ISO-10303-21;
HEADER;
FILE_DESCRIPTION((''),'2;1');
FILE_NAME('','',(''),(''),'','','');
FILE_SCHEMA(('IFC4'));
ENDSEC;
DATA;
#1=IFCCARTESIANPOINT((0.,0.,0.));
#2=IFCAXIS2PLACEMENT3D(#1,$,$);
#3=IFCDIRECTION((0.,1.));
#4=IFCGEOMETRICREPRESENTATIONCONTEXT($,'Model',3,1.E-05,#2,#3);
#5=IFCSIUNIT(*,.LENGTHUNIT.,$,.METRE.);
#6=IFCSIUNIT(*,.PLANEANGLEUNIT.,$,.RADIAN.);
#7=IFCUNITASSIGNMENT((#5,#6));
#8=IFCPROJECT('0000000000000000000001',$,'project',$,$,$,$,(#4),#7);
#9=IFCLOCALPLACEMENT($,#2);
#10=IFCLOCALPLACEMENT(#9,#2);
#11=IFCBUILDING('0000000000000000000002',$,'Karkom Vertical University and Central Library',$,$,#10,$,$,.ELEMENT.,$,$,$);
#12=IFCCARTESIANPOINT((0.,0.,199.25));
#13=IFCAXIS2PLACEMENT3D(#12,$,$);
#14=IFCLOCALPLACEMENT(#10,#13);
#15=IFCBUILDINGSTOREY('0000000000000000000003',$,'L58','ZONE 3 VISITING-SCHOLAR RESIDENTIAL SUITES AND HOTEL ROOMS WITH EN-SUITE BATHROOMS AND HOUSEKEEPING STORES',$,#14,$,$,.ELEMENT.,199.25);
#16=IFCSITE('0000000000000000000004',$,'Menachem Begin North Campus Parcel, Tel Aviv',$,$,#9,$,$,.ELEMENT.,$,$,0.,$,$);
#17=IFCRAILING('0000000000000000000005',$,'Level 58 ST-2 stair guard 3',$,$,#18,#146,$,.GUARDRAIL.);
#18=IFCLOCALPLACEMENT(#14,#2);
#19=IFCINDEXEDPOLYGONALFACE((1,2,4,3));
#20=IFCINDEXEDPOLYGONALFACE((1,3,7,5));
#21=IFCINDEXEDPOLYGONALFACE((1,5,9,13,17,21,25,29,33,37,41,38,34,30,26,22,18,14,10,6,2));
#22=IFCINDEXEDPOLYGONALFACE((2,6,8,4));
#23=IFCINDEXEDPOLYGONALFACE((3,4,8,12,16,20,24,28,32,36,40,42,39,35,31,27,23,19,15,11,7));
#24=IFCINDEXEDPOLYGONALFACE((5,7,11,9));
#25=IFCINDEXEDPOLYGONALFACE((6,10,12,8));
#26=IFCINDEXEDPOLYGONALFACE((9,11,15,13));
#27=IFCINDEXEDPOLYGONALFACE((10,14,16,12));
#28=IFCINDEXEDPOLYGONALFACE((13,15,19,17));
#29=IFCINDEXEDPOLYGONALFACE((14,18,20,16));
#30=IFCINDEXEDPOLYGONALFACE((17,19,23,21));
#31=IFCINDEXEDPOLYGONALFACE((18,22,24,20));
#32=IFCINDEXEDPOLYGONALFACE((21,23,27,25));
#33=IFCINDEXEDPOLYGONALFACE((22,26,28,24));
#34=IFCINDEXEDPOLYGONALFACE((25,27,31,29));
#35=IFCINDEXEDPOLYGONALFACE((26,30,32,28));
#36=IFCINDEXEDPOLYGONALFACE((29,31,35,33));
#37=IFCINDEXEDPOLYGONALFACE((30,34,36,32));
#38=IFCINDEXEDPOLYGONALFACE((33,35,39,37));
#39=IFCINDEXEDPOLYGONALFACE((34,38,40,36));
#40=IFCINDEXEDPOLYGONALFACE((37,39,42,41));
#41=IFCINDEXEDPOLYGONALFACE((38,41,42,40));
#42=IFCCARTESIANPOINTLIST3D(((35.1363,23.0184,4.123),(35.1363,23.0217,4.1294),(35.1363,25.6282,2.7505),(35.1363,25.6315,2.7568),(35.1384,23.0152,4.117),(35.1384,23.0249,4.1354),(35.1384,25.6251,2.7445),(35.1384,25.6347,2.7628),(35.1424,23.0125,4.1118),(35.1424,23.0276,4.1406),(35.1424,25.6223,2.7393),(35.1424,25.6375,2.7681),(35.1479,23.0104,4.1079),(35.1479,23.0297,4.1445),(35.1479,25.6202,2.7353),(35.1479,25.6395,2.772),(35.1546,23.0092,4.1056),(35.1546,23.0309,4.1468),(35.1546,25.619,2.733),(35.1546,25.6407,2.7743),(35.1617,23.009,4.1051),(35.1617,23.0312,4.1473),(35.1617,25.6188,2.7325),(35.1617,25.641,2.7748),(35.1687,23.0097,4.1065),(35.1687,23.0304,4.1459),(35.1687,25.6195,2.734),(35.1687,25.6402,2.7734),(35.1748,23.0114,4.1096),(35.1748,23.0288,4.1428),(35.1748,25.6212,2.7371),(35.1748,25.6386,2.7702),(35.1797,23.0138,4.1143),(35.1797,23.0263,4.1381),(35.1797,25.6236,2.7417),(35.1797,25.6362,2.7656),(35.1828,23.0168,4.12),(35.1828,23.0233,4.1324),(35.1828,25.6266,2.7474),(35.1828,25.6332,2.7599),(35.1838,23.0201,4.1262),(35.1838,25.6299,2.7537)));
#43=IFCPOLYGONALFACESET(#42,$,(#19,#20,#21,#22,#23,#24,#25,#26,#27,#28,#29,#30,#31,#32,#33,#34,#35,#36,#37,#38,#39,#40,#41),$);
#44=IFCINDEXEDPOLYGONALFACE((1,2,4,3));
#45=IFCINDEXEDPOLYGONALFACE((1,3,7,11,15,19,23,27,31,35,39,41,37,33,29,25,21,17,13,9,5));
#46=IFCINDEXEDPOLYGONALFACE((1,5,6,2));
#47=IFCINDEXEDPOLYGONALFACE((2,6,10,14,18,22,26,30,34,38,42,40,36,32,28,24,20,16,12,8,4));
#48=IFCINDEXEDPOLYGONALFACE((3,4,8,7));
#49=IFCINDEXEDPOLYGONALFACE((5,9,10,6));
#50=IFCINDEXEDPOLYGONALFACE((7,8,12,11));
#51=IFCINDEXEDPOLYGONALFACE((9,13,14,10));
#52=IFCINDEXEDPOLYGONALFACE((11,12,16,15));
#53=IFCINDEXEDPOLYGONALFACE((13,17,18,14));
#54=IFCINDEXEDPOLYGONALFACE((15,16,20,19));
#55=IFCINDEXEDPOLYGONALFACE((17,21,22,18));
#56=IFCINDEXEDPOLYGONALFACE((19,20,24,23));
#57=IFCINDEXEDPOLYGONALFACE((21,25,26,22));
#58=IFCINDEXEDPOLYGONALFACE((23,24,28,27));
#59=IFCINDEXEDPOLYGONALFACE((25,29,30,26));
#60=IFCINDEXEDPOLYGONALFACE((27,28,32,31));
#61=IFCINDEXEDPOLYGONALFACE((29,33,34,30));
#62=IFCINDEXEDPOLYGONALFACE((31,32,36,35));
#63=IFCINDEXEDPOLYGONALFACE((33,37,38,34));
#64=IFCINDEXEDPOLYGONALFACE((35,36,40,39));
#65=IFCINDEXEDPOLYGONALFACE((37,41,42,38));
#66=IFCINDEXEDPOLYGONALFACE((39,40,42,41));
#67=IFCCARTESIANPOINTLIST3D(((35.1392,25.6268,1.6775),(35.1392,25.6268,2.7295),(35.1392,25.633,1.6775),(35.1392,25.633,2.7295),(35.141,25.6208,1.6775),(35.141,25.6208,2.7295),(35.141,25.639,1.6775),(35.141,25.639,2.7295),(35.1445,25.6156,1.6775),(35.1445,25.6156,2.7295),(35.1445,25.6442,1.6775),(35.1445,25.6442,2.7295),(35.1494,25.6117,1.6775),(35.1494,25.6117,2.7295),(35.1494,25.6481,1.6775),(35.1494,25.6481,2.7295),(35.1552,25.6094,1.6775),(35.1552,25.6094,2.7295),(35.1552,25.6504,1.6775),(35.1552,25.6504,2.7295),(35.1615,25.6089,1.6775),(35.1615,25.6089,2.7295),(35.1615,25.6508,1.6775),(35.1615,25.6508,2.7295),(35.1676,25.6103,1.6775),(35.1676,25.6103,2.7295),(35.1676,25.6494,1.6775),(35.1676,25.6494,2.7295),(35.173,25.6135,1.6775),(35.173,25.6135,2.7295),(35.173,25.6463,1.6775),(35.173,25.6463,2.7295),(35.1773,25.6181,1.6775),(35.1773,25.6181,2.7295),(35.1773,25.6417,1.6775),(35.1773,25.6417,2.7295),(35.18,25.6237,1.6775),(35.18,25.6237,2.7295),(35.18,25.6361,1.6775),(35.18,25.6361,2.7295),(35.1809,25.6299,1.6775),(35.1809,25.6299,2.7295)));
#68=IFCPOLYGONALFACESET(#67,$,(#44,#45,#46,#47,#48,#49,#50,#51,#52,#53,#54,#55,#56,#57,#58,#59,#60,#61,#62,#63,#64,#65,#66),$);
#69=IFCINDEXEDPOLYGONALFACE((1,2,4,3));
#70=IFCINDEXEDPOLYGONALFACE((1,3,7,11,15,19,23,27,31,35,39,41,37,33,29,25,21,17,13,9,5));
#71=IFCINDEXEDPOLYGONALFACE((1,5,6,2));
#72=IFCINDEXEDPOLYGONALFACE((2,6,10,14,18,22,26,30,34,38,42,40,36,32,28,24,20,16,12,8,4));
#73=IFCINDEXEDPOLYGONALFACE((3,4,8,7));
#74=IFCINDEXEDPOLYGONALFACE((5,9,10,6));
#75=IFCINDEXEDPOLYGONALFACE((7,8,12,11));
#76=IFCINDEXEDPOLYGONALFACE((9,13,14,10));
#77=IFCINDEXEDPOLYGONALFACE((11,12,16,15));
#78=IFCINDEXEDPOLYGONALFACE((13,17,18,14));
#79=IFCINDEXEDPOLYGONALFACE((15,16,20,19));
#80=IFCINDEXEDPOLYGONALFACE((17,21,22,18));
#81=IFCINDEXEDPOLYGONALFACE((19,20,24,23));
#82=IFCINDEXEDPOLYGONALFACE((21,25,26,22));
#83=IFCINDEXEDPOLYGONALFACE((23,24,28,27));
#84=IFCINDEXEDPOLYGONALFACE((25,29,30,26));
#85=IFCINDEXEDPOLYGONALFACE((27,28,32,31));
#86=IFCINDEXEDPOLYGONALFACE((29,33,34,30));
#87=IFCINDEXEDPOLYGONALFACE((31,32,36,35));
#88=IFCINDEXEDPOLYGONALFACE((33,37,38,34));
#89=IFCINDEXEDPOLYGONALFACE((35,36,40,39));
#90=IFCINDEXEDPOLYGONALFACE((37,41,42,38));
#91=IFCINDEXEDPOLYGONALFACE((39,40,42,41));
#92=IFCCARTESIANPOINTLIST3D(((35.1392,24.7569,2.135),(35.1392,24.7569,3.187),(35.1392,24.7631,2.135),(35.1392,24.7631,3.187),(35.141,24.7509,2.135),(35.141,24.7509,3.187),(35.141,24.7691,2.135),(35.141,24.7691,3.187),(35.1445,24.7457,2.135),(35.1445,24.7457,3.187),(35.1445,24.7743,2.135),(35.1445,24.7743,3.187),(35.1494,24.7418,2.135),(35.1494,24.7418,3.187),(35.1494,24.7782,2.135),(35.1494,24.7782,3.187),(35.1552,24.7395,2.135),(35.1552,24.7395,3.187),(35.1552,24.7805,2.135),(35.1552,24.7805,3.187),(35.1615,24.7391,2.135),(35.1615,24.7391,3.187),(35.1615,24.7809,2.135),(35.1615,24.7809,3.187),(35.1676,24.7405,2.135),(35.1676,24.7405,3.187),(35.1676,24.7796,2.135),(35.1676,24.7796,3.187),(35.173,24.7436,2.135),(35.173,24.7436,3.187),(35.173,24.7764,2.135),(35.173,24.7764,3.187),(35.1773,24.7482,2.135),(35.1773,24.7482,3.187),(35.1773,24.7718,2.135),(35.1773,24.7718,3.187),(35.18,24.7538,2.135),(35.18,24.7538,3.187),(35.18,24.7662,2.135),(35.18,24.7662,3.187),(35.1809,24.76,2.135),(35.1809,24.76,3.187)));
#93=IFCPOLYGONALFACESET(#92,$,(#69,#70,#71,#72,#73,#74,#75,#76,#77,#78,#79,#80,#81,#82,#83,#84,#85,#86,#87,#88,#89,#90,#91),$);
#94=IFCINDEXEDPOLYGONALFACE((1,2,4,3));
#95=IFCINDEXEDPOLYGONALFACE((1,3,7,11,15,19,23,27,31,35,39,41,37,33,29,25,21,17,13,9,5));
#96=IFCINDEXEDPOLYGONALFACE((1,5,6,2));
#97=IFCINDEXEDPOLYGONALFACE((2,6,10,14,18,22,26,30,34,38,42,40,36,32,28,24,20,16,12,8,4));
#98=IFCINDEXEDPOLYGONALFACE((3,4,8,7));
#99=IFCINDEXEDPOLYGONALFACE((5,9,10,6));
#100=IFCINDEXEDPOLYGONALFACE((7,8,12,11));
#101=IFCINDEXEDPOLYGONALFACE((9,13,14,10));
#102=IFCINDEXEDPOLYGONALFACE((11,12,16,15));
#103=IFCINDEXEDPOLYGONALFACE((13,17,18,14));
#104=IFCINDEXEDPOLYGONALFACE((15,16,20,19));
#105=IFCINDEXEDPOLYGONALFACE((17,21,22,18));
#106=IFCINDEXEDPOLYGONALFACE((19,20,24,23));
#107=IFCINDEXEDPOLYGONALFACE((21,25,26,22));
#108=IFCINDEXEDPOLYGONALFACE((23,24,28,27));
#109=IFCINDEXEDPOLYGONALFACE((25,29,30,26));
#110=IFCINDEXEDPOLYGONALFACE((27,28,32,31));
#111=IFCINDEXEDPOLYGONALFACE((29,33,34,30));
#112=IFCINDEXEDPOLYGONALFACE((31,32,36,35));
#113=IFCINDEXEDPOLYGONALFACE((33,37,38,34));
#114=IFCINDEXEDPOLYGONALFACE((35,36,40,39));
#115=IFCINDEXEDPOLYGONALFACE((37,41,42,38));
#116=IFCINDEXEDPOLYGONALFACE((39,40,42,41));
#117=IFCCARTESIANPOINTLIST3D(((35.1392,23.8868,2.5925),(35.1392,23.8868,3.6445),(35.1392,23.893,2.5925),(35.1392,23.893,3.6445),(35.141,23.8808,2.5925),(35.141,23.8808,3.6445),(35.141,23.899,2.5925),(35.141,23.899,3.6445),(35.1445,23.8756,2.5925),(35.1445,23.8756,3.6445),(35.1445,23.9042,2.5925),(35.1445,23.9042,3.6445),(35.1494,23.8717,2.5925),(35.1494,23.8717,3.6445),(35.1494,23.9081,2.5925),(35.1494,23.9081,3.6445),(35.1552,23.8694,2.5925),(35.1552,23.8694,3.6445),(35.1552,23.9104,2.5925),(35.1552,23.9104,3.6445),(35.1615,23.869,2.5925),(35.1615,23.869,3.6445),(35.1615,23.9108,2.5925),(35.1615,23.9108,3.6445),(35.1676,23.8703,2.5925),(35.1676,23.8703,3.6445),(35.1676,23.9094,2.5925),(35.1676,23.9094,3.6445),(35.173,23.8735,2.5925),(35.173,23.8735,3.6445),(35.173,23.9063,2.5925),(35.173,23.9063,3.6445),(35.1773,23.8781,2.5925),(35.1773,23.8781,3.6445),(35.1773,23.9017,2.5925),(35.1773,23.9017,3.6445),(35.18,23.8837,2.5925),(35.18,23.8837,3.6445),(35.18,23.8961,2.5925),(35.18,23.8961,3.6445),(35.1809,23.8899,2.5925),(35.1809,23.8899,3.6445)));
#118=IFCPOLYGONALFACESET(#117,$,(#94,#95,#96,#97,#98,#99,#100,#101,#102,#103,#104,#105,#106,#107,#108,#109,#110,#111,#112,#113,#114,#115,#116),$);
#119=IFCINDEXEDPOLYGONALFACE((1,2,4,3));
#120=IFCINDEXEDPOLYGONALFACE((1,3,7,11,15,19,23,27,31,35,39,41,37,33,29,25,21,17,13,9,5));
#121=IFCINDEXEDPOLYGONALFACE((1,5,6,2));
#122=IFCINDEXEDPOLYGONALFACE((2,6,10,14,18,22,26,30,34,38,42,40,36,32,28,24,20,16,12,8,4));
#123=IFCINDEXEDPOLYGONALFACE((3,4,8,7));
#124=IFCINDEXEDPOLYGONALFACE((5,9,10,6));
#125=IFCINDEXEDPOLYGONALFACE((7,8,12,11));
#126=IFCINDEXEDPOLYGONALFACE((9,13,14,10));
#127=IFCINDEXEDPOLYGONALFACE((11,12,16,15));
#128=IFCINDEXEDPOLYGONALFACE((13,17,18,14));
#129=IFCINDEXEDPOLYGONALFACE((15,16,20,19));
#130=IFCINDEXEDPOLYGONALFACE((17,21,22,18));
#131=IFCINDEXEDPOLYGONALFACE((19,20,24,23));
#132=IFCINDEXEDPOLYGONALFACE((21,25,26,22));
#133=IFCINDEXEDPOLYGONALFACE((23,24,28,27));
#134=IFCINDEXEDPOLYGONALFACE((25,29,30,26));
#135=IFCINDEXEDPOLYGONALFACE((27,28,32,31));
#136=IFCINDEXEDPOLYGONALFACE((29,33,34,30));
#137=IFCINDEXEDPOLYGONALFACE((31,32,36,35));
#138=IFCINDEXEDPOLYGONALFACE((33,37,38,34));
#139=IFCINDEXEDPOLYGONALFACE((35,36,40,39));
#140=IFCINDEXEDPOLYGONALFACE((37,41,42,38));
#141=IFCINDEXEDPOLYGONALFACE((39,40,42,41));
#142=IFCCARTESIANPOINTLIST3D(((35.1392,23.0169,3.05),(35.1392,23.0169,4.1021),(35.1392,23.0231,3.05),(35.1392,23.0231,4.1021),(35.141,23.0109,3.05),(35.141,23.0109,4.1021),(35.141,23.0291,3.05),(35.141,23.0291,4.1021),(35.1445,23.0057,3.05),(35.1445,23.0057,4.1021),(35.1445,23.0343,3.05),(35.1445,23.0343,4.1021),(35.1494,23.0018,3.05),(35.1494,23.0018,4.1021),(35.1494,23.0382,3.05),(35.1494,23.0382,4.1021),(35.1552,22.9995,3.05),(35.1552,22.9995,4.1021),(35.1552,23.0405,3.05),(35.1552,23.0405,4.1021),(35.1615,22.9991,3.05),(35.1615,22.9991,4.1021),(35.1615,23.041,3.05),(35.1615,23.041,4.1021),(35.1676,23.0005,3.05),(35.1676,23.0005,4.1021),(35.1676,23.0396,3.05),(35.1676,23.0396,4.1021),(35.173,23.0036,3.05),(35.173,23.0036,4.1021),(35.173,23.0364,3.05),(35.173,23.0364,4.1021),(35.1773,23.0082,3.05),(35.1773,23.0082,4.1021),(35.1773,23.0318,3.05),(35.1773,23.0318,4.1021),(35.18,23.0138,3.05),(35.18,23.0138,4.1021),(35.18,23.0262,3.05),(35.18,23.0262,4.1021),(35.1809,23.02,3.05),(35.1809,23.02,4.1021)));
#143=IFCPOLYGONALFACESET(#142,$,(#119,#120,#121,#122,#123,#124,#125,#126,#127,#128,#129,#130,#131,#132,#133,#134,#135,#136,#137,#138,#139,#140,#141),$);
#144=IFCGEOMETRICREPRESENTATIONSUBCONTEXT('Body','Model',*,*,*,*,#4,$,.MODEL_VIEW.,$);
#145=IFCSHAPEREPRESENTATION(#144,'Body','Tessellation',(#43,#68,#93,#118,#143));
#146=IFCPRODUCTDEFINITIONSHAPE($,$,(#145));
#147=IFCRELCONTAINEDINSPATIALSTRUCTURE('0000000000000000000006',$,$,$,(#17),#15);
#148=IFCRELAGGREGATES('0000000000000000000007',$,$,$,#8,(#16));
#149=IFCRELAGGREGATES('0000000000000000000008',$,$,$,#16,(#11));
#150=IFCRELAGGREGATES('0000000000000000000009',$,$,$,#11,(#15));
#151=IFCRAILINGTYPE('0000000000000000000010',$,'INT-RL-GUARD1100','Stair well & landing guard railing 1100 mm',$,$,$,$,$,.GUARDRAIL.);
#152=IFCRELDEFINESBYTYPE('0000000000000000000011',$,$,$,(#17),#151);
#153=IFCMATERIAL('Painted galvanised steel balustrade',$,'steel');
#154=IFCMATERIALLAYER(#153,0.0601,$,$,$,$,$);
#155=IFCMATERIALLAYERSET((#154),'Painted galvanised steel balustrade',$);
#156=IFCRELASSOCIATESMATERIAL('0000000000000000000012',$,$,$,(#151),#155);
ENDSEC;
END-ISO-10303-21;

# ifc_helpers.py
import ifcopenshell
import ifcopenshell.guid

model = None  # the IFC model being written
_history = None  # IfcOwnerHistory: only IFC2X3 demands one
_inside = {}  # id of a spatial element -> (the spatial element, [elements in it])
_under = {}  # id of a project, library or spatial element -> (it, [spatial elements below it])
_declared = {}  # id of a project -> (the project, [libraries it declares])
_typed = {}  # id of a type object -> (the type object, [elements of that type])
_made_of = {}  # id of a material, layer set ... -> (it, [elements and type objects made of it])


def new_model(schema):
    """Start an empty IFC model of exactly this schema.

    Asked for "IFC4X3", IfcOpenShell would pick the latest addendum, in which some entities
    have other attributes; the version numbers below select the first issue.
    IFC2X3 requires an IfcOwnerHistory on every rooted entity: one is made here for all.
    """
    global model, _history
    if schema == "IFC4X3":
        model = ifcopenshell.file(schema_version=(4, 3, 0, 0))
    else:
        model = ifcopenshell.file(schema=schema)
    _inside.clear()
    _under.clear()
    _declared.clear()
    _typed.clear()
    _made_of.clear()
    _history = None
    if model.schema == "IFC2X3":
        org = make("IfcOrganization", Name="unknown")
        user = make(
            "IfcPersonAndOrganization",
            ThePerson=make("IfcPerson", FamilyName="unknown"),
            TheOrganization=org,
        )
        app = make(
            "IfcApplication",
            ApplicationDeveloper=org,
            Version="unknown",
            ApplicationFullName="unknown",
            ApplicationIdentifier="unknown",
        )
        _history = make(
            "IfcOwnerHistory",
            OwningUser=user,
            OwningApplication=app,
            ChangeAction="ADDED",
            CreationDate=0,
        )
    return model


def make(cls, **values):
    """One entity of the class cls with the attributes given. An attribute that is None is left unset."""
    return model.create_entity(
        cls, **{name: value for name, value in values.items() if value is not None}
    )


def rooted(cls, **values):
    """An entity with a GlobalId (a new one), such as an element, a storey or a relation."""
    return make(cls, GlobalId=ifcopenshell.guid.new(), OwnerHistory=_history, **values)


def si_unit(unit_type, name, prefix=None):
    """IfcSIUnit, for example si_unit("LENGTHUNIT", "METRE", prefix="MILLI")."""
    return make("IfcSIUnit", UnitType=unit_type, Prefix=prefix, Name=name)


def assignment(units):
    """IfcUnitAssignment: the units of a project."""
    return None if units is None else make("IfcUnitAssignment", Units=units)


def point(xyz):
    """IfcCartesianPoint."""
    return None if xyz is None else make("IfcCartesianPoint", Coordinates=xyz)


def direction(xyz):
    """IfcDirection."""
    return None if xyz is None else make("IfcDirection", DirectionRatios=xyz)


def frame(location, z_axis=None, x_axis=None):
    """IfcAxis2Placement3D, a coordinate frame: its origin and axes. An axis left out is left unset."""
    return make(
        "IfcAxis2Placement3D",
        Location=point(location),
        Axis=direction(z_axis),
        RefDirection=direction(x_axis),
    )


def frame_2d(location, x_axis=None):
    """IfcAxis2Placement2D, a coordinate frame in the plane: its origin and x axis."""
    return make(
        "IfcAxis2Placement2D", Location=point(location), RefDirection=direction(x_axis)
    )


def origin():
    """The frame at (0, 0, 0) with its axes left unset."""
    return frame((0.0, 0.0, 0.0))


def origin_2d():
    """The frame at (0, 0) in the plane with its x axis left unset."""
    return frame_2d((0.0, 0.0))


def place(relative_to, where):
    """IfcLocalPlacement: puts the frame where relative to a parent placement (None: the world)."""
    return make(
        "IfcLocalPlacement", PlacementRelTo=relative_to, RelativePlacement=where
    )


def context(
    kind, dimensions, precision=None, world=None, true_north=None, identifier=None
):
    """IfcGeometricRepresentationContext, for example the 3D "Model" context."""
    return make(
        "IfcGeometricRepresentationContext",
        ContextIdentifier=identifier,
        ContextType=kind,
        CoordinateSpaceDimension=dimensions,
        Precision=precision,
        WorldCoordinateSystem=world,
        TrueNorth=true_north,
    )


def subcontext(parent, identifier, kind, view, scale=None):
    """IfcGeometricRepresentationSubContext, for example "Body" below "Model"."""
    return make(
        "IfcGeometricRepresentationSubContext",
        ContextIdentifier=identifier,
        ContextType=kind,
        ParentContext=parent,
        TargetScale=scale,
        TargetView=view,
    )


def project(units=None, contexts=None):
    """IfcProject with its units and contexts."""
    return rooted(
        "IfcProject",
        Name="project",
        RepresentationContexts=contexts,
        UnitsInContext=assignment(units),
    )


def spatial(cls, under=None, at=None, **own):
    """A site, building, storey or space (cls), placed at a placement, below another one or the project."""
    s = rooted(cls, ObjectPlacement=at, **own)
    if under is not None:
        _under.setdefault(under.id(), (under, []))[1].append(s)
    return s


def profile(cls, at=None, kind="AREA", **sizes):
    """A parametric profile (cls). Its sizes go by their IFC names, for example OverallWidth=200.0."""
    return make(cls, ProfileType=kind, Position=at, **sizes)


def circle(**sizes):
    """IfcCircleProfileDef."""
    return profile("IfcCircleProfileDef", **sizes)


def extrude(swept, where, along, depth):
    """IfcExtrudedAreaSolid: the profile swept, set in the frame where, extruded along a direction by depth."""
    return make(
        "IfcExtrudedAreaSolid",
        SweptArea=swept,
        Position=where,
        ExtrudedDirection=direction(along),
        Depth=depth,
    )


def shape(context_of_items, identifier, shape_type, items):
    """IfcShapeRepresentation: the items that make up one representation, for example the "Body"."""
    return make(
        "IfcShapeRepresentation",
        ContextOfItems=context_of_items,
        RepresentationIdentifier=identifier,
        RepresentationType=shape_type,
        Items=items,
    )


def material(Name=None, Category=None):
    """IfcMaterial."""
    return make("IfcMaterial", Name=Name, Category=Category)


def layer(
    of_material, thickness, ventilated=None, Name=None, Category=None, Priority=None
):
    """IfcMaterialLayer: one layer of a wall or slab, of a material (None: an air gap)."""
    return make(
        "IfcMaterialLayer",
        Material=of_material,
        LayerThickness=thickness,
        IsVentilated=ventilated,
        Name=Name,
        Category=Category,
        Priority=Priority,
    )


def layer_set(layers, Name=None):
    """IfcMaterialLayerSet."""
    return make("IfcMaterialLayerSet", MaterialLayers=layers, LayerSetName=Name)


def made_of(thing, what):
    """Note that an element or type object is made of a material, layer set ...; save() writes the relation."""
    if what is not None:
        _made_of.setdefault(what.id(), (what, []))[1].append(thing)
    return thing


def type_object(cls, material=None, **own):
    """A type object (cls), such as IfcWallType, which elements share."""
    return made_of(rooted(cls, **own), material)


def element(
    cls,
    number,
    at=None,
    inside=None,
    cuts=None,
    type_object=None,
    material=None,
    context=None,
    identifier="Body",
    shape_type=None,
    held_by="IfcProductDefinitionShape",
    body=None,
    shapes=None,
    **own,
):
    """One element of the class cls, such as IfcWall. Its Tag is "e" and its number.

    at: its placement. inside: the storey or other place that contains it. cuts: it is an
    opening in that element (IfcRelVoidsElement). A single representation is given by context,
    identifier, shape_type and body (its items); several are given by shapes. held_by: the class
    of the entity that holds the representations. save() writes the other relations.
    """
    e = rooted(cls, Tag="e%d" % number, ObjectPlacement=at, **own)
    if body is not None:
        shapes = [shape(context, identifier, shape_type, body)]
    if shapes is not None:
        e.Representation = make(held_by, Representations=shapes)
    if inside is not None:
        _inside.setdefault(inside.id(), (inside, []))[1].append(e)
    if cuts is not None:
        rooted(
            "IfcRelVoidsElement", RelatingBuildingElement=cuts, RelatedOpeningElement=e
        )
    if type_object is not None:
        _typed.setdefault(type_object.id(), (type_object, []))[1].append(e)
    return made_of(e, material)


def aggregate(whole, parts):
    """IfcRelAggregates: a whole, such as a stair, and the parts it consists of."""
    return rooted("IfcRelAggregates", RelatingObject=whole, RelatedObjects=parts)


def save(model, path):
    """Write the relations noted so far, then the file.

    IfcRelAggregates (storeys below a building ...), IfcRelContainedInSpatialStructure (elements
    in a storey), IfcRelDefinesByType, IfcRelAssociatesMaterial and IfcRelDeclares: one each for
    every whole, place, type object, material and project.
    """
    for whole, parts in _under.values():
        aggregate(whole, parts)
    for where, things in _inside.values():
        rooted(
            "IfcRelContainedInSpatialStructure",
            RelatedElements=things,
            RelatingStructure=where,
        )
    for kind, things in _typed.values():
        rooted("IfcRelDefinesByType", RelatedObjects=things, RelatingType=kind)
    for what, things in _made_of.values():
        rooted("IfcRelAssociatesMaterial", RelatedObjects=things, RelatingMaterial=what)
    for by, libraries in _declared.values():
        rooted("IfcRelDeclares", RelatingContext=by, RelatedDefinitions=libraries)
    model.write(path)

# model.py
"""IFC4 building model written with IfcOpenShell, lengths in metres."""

from ifc_helpers import new_model, si_unit, direction, frame, origin, origin_2d, place, context, subcontext, project, spatial, circle, extrude, material, layer, layer_set, type_object, element, save


model = new_model("IFC4")

# Units and contexts
model_context = context("Model", 3, precision=1e-05, world=origin(), true_north=direction((0.0, 1.0)))
body_context = subcontext(model_context, "Body", "Model", "MODEL_VIEW")
ifc_project = project(units=[si_unit("LENGTHUNIT", "METRE"), si_unit("PLANEANGLEUNIT", "RADIAN")], contexts=[model_context])

# Site, building, storey
site_placement = place(None, origin())
site = spatial("IfcSite", under=ifc_project, at=site_placement, Name="Menachem Begin North Campus Parcel, Tel Aviv", CompositionType="ELEMENT", RefElevation=0.0)
building_placement = place(site_placement, origin())
building = spatial("IfcBuilding", under=site, at=building_placement, Name="Karkom Vertical University and Central Library", CompositionType="ELEMENT")
storey_placement = place(building_placement, frame((0.0, 0.0, 199.25)))
storey = spatial("IfcBuildingStorey", under=building, at=storey_placement, Name="L58", Description="ZONE 3 VISITING-SCHOLAR RESIDENTIAL SUITES AND HOTEL ROOMS WITH EN-SUITE BATHROOMS AND HOUSEKEEPING STORES", CompositionType="ELEMENT", Elevation=199.25)

# Railing
ifc_material_1 = material(Name="Painted galvanised steel balustrade", Category="steel")
ifc_layer_1 = layer(ifc_material_1, 0.0601)
ifc_layer_set_1 = layer_set([ifc_layer_1], Name="Painted galvanised steel balustrade")
railing_type_1 = type_object("IfcRailingType", Name="INT-RL-GUARD1100", Description="Stair well & landing guard railing 1100 mm", PredefinedType="GUARDRAIL", material=ifc_layer_set_1)
railing_1_placement = place(storey_placement, frame((35.1599, 25.6299, 1.6775)))
element("IfcRailing", 1, at=railing_1_placement, inside=storey, type_object=railing_type_1, Name="Level 58 ST-2 stair guard 3", PredefinedType="GUARDRAIL", context=body_context, shape_type="SweptSolid", body=[
    extrude(circle(Radius=0.0239, at=origin_2d()), frame((0.0, 0.0, 1.0762), z_axis=(0.0, -0.885065, 0.465467), x_axis=(1.0, 0.0, 0.0)), (0.0, 0.0, 1.0), 2.9487),
    extrude(circle(Radius=0.021, at=origin_2d()), origin(), (0.0, 0.0, 1.0), 1.052),
    extrude(circle(Radius=0.021, at=origin_2d()), frame((0.0, -0.8699, 0.4575)), (0.0, 0.0, 1.0), 1.052),
    extrude(circle(Radius=0.021, at=origin_2d()), frame((0.0, -1.74, 0.915)), (0.0, 0.0, 1.0), 1.052),
    extrude(circle(Radius=0.021, at=origin_2d()), frame((0.0, -2.6099, 1.3726)), (0.0, 0.0, 1.0), 1.052),
])

save(model, "model.ifc")
